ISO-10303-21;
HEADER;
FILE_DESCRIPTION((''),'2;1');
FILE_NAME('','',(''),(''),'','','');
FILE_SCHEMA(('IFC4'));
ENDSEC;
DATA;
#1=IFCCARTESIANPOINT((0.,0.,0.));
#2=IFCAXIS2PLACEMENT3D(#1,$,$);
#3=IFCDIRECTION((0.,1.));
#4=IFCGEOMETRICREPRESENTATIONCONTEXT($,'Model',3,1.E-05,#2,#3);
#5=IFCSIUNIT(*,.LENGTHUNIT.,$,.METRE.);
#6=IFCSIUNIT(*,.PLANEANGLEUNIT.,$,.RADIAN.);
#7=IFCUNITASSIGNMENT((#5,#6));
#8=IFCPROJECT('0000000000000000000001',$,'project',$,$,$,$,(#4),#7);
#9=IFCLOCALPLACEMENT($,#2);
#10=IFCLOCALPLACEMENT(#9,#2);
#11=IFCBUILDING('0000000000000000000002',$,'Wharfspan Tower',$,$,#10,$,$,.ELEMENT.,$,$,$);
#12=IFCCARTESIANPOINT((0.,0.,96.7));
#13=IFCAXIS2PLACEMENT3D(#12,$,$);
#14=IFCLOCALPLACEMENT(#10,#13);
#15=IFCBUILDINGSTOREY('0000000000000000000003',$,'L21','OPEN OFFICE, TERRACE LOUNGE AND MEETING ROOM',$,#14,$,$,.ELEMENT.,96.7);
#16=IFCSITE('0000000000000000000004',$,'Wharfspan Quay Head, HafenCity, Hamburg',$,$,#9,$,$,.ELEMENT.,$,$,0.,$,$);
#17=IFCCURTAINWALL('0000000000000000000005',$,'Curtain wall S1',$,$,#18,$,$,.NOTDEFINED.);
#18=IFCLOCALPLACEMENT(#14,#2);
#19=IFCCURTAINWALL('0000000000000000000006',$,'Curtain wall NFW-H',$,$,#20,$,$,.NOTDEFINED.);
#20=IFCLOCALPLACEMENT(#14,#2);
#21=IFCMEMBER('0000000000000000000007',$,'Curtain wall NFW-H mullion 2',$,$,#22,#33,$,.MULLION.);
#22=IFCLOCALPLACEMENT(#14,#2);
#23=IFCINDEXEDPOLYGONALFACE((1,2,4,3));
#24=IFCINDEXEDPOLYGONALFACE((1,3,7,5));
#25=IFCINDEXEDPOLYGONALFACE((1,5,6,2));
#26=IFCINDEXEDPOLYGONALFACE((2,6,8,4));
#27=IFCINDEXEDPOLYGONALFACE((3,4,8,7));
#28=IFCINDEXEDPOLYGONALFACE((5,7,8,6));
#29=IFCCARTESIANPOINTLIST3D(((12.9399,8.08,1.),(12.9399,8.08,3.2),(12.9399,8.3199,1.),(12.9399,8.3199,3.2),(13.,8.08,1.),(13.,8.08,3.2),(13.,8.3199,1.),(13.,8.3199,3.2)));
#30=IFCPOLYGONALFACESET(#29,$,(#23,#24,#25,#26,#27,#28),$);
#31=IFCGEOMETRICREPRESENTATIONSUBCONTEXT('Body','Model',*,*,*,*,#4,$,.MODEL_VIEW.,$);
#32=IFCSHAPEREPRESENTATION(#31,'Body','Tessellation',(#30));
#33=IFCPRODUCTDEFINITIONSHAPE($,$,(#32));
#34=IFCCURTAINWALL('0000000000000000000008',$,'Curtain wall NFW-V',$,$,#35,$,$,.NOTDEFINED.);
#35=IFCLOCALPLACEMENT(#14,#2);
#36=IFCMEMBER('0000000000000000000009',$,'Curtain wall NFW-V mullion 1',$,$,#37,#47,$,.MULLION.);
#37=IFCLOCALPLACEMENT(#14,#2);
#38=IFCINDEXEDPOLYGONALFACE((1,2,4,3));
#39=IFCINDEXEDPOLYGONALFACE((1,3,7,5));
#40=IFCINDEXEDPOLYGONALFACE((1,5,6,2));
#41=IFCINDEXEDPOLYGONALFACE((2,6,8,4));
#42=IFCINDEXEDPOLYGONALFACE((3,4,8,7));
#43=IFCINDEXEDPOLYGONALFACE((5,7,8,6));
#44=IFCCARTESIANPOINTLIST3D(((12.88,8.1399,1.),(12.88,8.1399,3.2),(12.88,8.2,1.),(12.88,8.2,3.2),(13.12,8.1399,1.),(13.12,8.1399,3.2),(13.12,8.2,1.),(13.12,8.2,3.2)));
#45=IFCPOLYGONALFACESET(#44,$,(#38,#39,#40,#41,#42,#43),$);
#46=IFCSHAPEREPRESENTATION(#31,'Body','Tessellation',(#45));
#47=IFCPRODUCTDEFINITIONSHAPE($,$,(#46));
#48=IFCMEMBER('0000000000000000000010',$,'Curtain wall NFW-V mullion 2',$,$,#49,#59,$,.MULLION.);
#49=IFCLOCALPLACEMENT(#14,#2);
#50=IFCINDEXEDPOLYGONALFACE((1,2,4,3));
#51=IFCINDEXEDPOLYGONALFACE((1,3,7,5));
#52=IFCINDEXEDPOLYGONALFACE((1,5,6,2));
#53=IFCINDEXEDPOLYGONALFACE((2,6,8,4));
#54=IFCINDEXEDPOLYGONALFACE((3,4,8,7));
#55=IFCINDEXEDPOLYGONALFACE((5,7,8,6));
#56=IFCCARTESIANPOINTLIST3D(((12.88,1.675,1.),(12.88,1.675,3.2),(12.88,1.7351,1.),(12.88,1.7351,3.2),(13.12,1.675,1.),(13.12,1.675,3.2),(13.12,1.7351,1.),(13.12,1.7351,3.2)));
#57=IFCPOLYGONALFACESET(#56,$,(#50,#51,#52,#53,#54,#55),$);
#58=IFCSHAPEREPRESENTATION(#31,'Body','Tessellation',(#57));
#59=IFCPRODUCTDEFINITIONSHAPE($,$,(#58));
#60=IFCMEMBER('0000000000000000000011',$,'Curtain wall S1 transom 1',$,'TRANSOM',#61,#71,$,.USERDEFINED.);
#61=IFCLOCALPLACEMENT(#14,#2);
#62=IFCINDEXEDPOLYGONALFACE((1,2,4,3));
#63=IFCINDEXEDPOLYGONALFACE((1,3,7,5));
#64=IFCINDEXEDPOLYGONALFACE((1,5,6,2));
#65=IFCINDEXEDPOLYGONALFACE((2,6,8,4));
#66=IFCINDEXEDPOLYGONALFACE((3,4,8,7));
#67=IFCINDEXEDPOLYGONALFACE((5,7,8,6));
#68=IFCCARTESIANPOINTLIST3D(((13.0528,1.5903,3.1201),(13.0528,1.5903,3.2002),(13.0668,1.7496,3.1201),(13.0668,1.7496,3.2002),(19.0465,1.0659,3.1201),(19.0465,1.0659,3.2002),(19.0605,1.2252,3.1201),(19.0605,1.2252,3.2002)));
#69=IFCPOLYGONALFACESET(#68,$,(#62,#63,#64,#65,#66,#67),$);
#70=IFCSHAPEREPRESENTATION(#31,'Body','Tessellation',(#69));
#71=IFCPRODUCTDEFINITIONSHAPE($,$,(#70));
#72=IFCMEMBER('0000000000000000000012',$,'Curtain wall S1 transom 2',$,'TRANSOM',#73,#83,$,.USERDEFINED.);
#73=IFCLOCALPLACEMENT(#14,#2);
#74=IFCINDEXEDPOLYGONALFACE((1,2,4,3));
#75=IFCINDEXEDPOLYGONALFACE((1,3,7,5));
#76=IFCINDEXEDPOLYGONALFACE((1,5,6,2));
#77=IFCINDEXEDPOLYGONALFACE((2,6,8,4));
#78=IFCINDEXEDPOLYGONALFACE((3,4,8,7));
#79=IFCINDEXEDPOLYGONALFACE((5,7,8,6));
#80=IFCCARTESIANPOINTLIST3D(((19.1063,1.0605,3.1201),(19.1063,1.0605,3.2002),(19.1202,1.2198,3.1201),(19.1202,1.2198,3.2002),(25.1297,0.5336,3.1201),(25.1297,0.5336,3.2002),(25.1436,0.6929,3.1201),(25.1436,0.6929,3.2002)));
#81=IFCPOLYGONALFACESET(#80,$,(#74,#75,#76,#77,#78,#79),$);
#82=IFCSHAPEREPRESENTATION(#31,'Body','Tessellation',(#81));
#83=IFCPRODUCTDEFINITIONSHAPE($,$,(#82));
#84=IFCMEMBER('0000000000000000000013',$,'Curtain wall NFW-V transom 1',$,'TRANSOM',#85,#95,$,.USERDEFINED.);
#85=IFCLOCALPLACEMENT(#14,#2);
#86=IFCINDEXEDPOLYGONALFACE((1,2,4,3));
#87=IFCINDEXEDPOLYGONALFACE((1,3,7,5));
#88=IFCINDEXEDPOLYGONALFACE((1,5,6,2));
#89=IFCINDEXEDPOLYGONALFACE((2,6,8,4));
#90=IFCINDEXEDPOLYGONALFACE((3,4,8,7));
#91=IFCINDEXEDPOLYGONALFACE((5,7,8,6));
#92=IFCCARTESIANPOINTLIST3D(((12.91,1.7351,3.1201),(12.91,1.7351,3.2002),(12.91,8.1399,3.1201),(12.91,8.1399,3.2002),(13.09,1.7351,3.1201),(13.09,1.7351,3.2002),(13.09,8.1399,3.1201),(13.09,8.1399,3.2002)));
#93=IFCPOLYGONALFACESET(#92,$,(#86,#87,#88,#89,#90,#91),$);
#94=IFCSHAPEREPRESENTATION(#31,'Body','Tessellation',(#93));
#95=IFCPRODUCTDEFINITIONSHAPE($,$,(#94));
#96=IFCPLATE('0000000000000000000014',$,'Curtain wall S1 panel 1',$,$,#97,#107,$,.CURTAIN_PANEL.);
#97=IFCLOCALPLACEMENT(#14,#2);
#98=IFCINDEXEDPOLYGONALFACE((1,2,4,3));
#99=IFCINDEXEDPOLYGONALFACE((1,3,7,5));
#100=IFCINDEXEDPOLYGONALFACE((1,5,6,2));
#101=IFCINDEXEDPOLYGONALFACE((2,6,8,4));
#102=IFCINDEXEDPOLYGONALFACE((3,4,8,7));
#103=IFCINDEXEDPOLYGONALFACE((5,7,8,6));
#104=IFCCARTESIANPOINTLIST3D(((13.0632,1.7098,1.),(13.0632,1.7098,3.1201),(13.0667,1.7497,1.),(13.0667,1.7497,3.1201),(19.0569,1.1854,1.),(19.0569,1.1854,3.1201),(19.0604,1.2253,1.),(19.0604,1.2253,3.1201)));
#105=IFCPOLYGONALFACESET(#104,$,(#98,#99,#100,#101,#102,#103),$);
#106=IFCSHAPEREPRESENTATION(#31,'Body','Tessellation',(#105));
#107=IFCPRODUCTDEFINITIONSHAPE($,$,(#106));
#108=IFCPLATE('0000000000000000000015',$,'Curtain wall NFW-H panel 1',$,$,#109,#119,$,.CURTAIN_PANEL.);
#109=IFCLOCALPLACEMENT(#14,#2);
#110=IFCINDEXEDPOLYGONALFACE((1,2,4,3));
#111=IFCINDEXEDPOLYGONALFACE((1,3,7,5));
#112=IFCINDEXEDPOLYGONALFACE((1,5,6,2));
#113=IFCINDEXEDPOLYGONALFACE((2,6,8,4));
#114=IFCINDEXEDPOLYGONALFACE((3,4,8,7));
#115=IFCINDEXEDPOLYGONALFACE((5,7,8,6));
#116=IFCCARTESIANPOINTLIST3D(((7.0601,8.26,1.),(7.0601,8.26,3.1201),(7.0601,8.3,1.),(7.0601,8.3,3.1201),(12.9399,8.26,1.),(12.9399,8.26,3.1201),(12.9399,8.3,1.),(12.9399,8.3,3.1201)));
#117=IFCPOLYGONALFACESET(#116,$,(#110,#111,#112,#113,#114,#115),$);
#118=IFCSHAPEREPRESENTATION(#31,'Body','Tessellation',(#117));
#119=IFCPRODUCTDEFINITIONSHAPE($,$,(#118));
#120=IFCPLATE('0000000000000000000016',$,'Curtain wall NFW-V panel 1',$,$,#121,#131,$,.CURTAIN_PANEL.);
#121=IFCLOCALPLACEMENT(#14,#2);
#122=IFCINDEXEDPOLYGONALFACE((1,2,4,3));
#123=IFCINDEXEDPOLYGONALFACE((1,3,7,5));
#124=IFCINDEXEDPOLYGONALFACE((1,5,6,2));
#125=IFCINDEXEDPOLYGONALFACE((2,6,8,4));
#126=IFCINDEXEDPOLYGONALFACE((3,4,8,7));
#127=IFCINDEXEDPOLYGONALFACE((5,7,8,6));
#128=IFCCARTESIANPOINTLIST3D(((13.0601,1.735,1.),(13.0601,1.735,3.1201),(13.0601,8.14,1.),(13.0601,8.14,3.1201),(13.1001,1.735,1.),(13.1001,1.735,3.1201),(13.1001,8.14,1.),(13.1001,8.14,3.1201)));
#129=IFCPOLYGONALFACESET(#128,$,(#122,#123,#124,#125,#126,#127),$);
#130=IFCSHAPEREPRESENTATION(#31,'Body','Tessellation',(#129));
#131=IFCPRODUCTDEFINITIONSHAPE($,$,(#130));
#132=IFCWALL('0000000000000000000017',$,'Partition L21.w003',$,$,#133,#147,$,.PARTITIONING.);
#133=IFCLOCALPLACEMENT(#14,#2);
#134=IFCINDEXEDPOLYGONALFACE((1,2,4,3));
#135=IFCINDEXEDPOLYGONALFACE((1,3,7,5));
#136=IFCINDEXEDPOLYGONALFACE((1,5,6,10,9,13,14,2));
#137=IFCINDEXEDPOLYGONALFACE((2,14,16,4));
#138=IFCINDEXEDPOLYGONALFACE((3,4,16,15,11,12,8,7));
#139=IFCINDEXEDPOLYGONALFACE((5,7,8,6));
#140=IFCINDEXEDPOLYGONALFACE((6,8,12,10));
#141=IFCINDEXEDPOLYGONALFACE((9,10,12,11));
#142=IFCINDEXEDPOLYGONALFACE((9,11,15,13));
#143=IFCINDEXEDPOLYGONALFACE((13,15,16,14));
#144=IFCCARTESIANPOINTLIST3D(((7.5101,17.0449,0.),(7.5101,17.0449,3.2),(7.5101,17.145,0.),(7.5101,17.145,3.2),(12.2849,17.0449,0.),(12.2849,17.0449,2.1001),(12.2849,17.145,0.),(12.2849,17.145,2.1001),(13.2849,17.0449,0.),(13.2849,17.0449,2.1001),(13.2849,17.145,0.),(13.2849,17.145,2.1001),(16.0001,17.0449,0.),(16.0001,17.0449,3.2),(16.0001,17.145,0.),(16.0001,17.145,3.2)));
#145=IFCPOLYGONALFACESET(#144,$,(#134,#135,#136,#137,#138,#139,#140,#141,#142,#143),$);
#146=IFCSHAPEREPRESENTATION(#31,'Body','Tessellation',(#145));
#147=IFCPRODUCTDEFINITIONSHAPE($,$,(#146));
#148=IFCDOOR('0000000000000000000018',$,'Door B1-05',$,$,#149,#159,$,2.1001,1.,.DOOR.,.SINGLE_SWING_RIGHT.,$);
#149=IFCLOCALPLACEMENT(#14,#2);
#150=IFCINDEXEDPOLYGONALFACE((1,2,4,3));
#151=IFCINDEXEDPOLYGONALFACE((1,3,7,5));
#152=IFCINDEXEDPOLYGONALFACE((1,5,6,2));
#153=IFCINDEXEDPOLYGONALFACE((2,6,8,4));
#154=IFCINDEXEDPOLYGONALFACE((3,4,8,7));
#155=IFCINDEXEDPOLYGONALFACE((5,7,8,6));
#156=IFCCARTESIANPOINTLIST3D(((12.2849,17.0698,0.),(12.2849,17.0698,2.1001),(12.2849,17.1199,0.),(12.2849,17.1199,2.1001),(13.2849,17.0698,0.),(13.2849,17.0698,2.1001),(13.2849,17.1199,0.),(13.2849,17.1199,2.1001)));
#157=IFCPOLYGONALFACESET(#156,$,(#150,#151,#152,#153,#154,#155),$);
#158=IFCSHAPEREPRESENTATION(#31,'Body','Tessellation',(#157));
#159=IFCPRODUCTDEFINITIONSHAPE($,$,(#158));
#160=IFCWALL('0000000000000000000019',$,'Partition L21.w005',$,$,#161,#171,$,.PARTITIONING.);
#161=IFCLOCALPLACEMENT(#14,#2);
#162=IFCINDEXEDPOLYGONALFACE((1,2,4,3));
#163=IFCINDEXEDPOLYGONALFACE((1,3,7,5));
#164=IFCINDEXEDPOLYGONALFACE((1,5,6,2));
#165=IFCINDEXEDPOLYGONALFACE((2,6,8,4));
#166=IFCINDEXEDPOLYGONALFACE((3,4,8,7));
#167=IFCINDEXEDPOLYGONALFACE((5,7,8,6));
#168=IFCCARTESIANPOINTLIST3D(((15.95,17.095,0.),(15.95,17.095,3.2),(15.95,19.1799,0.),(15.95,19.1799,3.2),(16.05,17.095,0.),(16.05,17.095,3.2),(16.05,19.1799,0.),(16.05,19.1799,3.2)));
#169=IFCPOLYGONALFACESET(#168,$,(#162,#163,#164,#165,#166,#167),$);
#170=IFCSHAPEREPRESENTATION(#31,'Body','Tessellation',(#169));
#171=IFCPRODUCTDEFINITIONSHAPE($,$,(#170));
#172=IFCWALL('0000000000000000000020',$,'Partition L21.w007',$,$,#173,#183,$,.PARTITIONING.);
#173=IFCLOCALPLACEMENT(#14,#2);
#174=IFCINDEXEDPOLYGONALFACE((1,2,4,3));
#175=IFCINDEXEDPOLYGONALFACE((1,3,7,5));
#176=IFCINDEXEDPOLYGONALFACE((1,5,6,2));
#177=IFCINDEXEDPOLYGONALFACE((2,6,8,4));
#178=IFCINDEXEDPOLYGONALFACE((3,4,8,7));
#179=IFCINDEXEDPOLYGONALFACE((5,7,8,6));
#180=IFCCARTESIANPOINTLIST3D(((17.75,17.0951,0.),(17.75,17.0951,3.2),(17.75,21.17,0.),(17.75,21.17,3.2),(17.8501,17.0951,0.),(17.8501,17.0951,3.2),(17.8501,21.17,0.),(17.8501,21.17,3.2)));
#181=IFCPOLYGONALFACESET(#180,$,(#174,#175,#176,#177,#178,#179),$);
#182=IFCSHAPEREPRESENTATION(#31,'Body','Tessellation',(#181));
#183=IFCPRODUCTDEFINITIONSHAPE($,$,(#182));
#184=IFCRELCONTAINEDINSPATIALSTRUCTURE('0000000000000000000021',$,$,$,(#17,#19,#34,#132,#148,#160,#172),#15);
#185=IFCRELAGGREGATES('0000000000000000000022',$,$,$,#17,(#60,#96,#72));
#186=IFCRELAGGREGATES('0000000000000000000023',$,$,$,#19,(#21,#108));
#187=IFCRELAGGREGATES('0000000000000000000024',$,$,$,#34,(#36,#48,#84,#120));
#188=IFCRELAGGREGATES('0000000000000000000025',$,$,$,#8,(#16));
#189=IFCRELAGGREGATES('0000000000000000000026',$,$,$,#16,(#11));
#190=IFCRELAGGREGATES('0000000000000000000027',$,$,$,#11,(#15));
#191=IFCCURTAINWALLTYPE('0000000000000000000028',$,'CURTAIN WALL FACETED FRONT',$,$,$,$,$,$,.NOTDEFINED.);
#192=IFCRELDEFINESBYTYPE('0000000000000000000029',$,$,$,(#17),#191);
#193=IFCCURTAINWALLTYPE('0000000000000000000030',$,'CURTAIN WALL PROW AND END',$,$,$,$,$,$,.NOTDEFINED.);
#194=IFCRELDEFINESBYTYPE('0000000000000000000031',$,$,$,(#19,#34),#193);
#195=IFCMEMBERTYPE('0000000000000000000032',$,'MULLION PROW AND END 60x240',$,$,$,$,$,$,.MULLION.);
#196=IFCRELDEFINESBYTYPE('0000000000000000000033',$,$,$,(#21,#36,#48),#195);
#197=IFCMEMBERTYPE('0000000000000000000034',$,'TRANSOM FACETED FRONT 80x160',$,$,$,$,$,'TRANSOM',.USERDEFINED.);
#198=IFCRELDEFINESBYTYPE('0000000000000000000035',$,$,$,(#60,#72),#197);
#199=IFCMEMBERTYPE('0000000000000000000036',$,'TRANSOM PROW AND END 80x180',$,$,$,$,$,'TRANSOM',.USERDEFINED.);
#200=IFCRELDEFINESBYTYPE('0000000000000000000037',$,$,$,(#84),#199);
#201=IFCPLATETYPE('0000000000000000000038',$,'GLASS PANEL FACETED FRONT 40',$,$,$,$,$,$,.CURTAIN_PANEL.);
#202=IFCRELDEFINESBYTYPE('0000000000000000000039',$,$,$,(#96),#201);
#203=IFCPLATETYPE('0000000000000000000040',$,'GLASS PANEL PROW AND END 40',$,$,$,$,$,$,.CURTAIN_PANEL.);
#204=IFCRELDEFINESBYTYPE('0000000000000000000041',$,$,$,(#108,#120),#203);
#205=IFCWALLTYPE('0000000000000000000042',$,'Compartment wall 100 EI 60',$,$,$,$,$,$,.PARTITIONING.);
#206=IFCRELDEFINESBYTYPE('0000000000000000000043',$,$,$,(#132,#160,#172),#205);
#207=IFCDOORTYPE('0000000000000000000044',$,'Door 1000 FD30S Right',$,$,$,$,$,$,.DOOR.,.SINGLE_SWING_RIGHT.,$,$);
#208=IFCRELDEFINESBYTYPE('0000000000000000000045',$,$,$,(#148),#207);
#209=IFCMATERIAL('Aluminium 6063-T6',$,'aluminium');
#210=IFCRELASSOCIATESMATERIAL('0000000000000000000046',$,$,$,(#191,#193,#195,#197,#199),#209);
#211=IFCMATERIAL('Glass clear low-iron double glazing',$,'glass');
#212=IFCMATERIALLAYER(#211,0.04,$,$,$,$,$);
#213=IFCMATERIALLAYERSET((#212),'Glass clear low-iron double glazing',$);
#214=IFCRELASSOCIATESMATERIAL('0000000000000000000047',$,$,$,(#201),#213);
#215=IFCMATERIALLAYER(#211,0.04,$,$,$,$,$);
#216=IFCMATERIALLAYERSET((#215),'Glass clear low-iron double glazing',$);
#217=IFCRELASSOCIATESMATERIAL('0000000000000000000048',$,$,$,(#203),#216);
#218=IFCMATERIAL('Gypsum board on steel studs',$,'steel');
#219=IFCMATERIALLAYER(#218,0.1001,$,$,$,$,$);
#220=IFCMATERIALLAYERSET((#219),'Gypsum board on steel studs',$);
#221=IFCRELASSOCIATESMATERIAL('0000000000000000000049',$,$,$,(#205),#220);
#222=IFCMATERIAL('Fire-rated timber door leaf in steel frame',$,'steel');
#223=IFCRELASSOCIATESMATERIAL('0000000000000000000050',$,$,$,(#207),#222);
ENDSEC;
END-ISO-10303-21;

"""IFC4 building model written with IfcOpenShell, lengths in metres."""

from ifc_helpers import new_model, si_unit, direction, frame, frame_2d, origin, origin_2d, place, context, subcontext, project, spatial, rectangle, extrude, material, layer, layer_set, material_profile, profile_set, type_object, element, fill, aggregate, save


model = new_model("IFC4")

# Units and contexts
model_context = context("Model", 3, precision=1e-05, world=origin(), true_north=direction((0.0, 1.0)))
body_context = subcontext(model_context, "Body", "Model", "MODEL_VIEW")
ifc_project = project(units=[si_unit("LENGTHUNIT", "METRE"), si_unit("PLANEANGLEUNIT", "RADIAN")], contexts=[model_context])

# Site, building, storey
site_placement = place(None, origin())
site = spatial("IfcSite", under=ifc_project, at=site_placement, Name="Wharfspan Quay Head, HafenCity, Hamburg", CompositionType="ELEMENT", RefElevation=0.0)
building_placement = place(site_placement, origin())
building = spatial("IfcBuilding", under=site, at=building_placement, Name="Wharfspan Tower", CompositionType="ELEMENT")
storey_placement = place(building_placement, frame((0.0, 0.0, 96.7)))
storey = spatial("IfcBuildingStorey", under=building, at=storey_placement, Name="L21", Description="OPEN OFFICE, TERRACE LOUNGE AND MEETING ROOM", CompositionType="ELEMENT", Elevation=96.7)

# Curtain wall
ifc_material_1 = material(Name="Aluminium 6063-T6", Category="aluminium")
curtain_wall_type_1 = type_object("IfcCurtainWallType", Name="CURTAIN WALL FACETED FRONT", PredefinedType="NOTDEFINED", material=ifc_material_1)
curtain_wall_1_placement = place(storey_placement, origin())
curtain_wall_1 = element("IfcCurtainWall", 1, at=curtain_wall_1_placement, inside=storey, type_object=curtain_wall_type_1, Name="Curtain wall S1", PredefinedType="NOTDEFINED")

# Curtain wall, member
curtain_wall_type_2 = type_object("IfcCurtainWallType", Name="CURTAIN WALL PROW AND END", PredefinedType="NOTDEFINED", material=ifc_material_1)
curtain_wall_2_placement = place(storey_placement, origin())
curtain_wall_2 = element("IfcCurtainWall", 2, at=curtain_wall_2_placement, inside=storey, type_object=curtain_wall_type_2, Name="Curtain wall NFW-H", PredefinedType="NOTDEFINED")
ifc_material_profile_1 = material_profile(ifc_material_1, rectangle(XDim=0.24, YDim=0.0601, at=origin_2d()))
ifc_profile_set_1 = profile_set([ifc_material_profile_1], Name="Aluminium 6063-T6")
member_type_1 = type_object("IfcMemberType", Name="MULLION PROW AND END 60x240", PredefinedType="MULLION", material=ifc_profile_set_1)
member_1_placement = place(storey_placement, frame((12.97, 8.2, 1.0), z_axis=(0.0, 0.0, 1.0), x_axis=(0.0, 1.0, 0.0)))
member_1 = element("IfcMember", 3, at=member_1_placement, type_object=member_type_1, Name="Curtain wall NFW-H mullion 2", PredefinedType="MULLION", context=body_context, shape_type="SweptSolid", body=[
    extrude(rectangle(XDim=0.24, YDim=0.0601, at=origin_2d()), origin(), (0.0, 0.0, 1.0), 2.2),
])

# Curtain wall, members
curtain_wall_3_placement = place(storey_placement, origin())
curtain_wall_3 = element("IfcCurtainWall", 4, at=curtain_wall_3_placement, inside=storey, type_object=curtain_wall_type_2, Name="Curtain wall NFW-V", PredefinedType="NOTDEFINED")
member_2_placement = place(storey_placement, frame((13.0, 8.1699, 1.0), z_axis=(0.0, 0.0, 1.0), x_axis=(1.0, 0.0, 0.0)))
member_2 = element("IfcMember", 5, at=member_2_placement, type_object=member_type_1, Name="Curtain wall NFW-V mullion 1", PredefinedType="MULLION", context=body_context, shape_type="SweptSolid", body=[
    extrude(rectangle(XDim=0.24, YDim=0.0601, at=origin_2d()), origin(), (0.0, 0.0, 1.0), 2.2),
])
member_3_placement = place(storey_placement, frame((13.0, 1.7051, 1.0), z_axis=(0.0, 0.0, 1.0), x_axis=(1.0, 0.0, 0.0)))
member_3 = element("IfcMember", 6, at=member_3_placement, type_object=member_type_1, Name="Curtain wall NFW-V mullion 2", PredefinedType="MULLION", context=body_context, shape_type="SweptSolid", body=[
    extrude(rectangle(XDim=0.24, YDim=0.0601, at=origin_2d()), origin(), (0.0, 0.0, 1.0), 2.2),
])

# Members
ifc_material_profile_2 = material_profile(ifc_material_1, rectangle(XDim=0.1599, YDim=0.0801, at=origin_2d()))
ifc_profile_set_2 = profile_set([ifc_material_profile_2], Name="Aluminium 6063-T6")
member_type_2 = type_object("IfcMemberType", Name="TRANSOM FACETED FRONT 80x160", ElementType="TRANSOM", PredefinedType="USERDEFINED", material=ifc_profile_set_2)
member_4_placement = place(storey_placement, frame((13.0598, 1.6699, 3.1602), z_axis=(0.996194, -0.087162, 0.0), x_axis=(0.087162, 0.996194, 0.0)))
member_4 = element("IfcMember", 7, at=member_4_placement, type_object=member_type_2, Name="Curtain wall S1 transom 1", ObjectType="TRANSOM", PredefinedType="USERDEFINED", context=body_context, shape_type="SweptSolid", body=[
    extrude(rectangle(XDim=0.1599, YDim=0.0801, at=origin_2d()), origin(), (0.0, 0.0, 1.0), 6.0166),
])
member_5_placement = place(storey_placement, frame((19.1133, 1.1401, 3.1602), z_axis=(0.996197, -0.087135, 0.0), x_axis=(0.087135, 0.996197, 0.0)))
member_5 = element("IfcMember", 8, at=member_5_placement, type_object=member_type_2, Name="Curtain wall S1 transom 2", ObjectType="TRANSOM", PredefinedType="USERDEFINED", context=body_context, shape_type="SweptSolid", body=[
    extrude(rectangle(XDim=0.1599, YDim=0.0801, at=origin_2d()), origin(), (0.0, 0.0, 1.0), 6.0464),
])
ifc_material_profile_3 = material_profile(ifc_material_1, rectangle(XDim=0.1799, YDim=0.0801, at=origin_2d()))
ifc_profile_set_3 = profile_set([ifc_material_profile_3], Name="Aluminium 6063-T6")
member_type_3 = type_object("IfcMemberType", Name="TRANSOM PROW AND END 80x180", ElementType="TRANSOM", PredefinedType="USERDEFINED", material=ifc_profile_set_3)
member_6_placement = place(storey_placement, frame((13.0, 8.1399, 3.1602), z_axis=(0.0, -1.0, 0.0), x_axis=(1.0, 0.0, 0.0)))
member_6 = element("IfcMember", 9, at=member_6_placement, type_object=member_type_3, Name="Curtain wall NFW-V transom 1", ObjectType="TRANSOM", PredefinedType="USERDEFINED", context=body_context, shape_type="SweptSolid", body=[
    extrude(rectangle(XDim=0.1799, YDim=0.0801, at=origin_2d()), origin(), (0.0, 0.0, 1.0), 6.4048),
])

# Plates
ifc_material_2 = material(Name="Glass clear low-iron double glazing", Category="glass")
ifc_layer_1 = layer(ifc_material_2, 0.04)
ifc_layer_set_1 = layer_set([ifc_layer_1], Name="Glass clear low-iron double glazing")
plate_type_1 = type_object("IfcPlateType", Name="GLASS PANEL FACETED FRONT 40", PredefinedType="CURTAIN_PANEL", material=ifc_layer_set_1)
plate_1_placement = place(storey_placement, frame((16.0618, 1.4675, 1.0), z_axis=(0.0, 0.0, 1.0), x_axis=(0.996198, -0.087156, 0.0)))
plate_1 = element("IfcPlate", 10, at=plate_1_placement, type_object=plate_type_1, Name="Curtain wall S1 panel 1", PredefinedType="CURTAIN_PANEL", context=body_context, shape_type="SweptSolid", body=[
    extrude(rectangle(XDim=6.0166, YDim=0.04, at=origin_2d()), origin(), (0.0, 0.0, 1.0), 2.1201),
])
aggregate(curtain_wall_1, [member_4, plate_1, member_5])
ifc_layer_2 = layer(ifc_material_2, 0.04)
ifc_layer_set_2 = layer_set([ifc_layer_2], Name="Glass clear low-iron double glazing")
plate_type_2 = type_object("IfcPlateType", Name="GLASS PANEL PROW AND END 40", PredefinedType="CURTAIN_PANEL", material=ifc_layer_set_2)
plate_2_placement = place(storey_placement, frame((10.0, 8.28, 1.0), z_axis=(0.0, 0.0, 1.0), x_axis=(1.0, 0.0, 0.0)))
plate_2 = element("IfcPlate", 11, at=plate_2_placement, type_object=plate_type_2, Name="Curtain wall NFW-H panel 1", PredefinedType="CURTAIN_PANEL", context=body_context, shape_type="SweptSolid", body=[
    extrude(rectangle(XDim=5.8799, YDim=0.04, at=origin_2d()), origin(), (0.0, 0.0, 1.0), 2.1201),
])
aggregate(curtain_wall_2, [member_1, plate_2])
plate_3_placement = place(storey_placement, frame((13.0801, 4.9375, 1.0), z_axis=(0.0, 0.0, 1.0), x_axis=(0.0, -1.0, 0.0)))
plate_3 = element("IfcPlate", 12, at=plate_3_placement, type_object=plate_type_2, Name="Curtain wall NFW-V panel 1", PredefinedType="CURTAIN_PANEL", context=body_context, shape_type="SweptSolid", body=[
    extrude(rectangle(XDim=6.405, YDim=0.04, at=origin_2d()), origin(), (0.0, 0.0, 1.0), 2.1201),
])
aggregate(curtain_wall_3, [member_2, member_3, member_6, plate_3])

# Wall, opening, door
ifc_material_3 = material(Name="Gypsum board on steel studs", Category="steel")
ifc_layer_3 = layer(ifc_material_3, 0.1001)
ifc_layer_set_3 = layer_set([ifc_layer_3], Name="Gypsum board on steel studs")
wall_type_1 = type_object("IfcWallType", Name="Compartment wall 100 EI 60", PredefinedType="PARTITIONING", material=ifc_layer_set_3)
wall_1_placement = place(storey_placement, frame((7.51, 17.095, 0.0), z_axis=(0.0, 0.0, 1.0), x_axis=(1.0, 0.0, 0.0)))
wall_1 = element("IfcWall", 13, at=wall_1_placement, inside=storey, type_object=wall_type_1, Name="Partition L21.w003", PredefinedType="PARTITIONING", context=body_context, shape_type="SweptSolid", body=[
    extrude(rectangle(XDim=8.49, YDim=0.1001, at=frame_2d((4.2451, 0.0))), origin(), (0.0, 0.0, 1.0), 3.2),
])
opening_1_placement = place(wall_1_placement, frame((4.7749, 0.0, 0.0)))
opening_1 = element("IfcOpeningElement", 14, at=opening_1_placement, cuts=wall_1, PredefinedType="OPENING", context=body_context, shape_type="SweptSolid", body=[
    extrude(rectangle(XDim=1.0, YDim=2.1001, at=frame_2d((0.5, 1.05))), frame((0.0, 0.0601, 0.0), z_axis=(0.0, -1.0, 0.0), x_axis=(1.0, 0.0, 0.0)), (0.0, 0.0, 1.0), 0.1201),
])
ifc_material_4 = material(Name="Fire-rated timber door leaf in steel frame", Category="steel")
door_type_1 = type_object("IfcDoorType", Name="Door 1000 FD30S Right", OperationType="SINGLE_SWING_RIGHT", PredefinedType="DOOR", material=ifc_material_4)
door_1_placement = place(opening_1_placement, origin())
door_1 = element("IfcDoor", 15, at=door_1_placement, inside=storey, type_object=door_type_1, Name="Door B1-05", OperationType="SINGLE_SWING_RIGHT", OverallHeight=2.1001, OverallWidth=1.0, PredefinedType="DOOR", context=body_context, shape_type="SweptSolid", body=[
    extrude(rectangle(XDim=1.0, YDim=2.1001, at=frame_2d((0.5, 1.05))), frame((0.0, 0.0249, 0.0), z_axis=(0.0, -1.0, 0.0), x_axis=(1.0, 0.0, 0.0)), (0.0, 0.0, 1.0), 0.05),
])
fill(opening_1, door_1)

# Walls
wall_2_placement = place(storey_placement, frame((16.0, 17.095, 0.0), z_axis=(0.0, 0.0, 1.0), x_axis=(0.0, 1.0, 0.0)))
element("IfcWall", 16, at=wall_2_placement, inside=storey, type_object=wall_type_1, Name="Partition L21.w005", PredefinedType="PARTITIONING", context=body_context, shape_type="SweptSolid", body=[
    extrude(rectangle(XDim=2.085, YDim=0.1001, at=frame_2d((1.0425, 0.0))), origin(), (0.0, 0.0, 1.0), 3.2),
])
wall_3_placement = place(storey_placement, frame((17.8, 17.095, 0.0), z_axis=(0.0, 0.0, 1.0), x_axis=(0.0, 1.0, 0.0)))
element("IfcWall", 17, at=wall_3_placement, inside=storey, type_object=wall_type_1, Name="Partition L21.w007", PredefinedType="PARTITIONING", context=body_context, shape_type="SweptSolid", body=[
    extrude(rectangle(XDim=4.075, YDim=0.1001, at=frame_2d((2.0376, 0.0))), origin(), (0.0, 0.0, 1.0), 3.2),
])

save(model, "model.ifc")
